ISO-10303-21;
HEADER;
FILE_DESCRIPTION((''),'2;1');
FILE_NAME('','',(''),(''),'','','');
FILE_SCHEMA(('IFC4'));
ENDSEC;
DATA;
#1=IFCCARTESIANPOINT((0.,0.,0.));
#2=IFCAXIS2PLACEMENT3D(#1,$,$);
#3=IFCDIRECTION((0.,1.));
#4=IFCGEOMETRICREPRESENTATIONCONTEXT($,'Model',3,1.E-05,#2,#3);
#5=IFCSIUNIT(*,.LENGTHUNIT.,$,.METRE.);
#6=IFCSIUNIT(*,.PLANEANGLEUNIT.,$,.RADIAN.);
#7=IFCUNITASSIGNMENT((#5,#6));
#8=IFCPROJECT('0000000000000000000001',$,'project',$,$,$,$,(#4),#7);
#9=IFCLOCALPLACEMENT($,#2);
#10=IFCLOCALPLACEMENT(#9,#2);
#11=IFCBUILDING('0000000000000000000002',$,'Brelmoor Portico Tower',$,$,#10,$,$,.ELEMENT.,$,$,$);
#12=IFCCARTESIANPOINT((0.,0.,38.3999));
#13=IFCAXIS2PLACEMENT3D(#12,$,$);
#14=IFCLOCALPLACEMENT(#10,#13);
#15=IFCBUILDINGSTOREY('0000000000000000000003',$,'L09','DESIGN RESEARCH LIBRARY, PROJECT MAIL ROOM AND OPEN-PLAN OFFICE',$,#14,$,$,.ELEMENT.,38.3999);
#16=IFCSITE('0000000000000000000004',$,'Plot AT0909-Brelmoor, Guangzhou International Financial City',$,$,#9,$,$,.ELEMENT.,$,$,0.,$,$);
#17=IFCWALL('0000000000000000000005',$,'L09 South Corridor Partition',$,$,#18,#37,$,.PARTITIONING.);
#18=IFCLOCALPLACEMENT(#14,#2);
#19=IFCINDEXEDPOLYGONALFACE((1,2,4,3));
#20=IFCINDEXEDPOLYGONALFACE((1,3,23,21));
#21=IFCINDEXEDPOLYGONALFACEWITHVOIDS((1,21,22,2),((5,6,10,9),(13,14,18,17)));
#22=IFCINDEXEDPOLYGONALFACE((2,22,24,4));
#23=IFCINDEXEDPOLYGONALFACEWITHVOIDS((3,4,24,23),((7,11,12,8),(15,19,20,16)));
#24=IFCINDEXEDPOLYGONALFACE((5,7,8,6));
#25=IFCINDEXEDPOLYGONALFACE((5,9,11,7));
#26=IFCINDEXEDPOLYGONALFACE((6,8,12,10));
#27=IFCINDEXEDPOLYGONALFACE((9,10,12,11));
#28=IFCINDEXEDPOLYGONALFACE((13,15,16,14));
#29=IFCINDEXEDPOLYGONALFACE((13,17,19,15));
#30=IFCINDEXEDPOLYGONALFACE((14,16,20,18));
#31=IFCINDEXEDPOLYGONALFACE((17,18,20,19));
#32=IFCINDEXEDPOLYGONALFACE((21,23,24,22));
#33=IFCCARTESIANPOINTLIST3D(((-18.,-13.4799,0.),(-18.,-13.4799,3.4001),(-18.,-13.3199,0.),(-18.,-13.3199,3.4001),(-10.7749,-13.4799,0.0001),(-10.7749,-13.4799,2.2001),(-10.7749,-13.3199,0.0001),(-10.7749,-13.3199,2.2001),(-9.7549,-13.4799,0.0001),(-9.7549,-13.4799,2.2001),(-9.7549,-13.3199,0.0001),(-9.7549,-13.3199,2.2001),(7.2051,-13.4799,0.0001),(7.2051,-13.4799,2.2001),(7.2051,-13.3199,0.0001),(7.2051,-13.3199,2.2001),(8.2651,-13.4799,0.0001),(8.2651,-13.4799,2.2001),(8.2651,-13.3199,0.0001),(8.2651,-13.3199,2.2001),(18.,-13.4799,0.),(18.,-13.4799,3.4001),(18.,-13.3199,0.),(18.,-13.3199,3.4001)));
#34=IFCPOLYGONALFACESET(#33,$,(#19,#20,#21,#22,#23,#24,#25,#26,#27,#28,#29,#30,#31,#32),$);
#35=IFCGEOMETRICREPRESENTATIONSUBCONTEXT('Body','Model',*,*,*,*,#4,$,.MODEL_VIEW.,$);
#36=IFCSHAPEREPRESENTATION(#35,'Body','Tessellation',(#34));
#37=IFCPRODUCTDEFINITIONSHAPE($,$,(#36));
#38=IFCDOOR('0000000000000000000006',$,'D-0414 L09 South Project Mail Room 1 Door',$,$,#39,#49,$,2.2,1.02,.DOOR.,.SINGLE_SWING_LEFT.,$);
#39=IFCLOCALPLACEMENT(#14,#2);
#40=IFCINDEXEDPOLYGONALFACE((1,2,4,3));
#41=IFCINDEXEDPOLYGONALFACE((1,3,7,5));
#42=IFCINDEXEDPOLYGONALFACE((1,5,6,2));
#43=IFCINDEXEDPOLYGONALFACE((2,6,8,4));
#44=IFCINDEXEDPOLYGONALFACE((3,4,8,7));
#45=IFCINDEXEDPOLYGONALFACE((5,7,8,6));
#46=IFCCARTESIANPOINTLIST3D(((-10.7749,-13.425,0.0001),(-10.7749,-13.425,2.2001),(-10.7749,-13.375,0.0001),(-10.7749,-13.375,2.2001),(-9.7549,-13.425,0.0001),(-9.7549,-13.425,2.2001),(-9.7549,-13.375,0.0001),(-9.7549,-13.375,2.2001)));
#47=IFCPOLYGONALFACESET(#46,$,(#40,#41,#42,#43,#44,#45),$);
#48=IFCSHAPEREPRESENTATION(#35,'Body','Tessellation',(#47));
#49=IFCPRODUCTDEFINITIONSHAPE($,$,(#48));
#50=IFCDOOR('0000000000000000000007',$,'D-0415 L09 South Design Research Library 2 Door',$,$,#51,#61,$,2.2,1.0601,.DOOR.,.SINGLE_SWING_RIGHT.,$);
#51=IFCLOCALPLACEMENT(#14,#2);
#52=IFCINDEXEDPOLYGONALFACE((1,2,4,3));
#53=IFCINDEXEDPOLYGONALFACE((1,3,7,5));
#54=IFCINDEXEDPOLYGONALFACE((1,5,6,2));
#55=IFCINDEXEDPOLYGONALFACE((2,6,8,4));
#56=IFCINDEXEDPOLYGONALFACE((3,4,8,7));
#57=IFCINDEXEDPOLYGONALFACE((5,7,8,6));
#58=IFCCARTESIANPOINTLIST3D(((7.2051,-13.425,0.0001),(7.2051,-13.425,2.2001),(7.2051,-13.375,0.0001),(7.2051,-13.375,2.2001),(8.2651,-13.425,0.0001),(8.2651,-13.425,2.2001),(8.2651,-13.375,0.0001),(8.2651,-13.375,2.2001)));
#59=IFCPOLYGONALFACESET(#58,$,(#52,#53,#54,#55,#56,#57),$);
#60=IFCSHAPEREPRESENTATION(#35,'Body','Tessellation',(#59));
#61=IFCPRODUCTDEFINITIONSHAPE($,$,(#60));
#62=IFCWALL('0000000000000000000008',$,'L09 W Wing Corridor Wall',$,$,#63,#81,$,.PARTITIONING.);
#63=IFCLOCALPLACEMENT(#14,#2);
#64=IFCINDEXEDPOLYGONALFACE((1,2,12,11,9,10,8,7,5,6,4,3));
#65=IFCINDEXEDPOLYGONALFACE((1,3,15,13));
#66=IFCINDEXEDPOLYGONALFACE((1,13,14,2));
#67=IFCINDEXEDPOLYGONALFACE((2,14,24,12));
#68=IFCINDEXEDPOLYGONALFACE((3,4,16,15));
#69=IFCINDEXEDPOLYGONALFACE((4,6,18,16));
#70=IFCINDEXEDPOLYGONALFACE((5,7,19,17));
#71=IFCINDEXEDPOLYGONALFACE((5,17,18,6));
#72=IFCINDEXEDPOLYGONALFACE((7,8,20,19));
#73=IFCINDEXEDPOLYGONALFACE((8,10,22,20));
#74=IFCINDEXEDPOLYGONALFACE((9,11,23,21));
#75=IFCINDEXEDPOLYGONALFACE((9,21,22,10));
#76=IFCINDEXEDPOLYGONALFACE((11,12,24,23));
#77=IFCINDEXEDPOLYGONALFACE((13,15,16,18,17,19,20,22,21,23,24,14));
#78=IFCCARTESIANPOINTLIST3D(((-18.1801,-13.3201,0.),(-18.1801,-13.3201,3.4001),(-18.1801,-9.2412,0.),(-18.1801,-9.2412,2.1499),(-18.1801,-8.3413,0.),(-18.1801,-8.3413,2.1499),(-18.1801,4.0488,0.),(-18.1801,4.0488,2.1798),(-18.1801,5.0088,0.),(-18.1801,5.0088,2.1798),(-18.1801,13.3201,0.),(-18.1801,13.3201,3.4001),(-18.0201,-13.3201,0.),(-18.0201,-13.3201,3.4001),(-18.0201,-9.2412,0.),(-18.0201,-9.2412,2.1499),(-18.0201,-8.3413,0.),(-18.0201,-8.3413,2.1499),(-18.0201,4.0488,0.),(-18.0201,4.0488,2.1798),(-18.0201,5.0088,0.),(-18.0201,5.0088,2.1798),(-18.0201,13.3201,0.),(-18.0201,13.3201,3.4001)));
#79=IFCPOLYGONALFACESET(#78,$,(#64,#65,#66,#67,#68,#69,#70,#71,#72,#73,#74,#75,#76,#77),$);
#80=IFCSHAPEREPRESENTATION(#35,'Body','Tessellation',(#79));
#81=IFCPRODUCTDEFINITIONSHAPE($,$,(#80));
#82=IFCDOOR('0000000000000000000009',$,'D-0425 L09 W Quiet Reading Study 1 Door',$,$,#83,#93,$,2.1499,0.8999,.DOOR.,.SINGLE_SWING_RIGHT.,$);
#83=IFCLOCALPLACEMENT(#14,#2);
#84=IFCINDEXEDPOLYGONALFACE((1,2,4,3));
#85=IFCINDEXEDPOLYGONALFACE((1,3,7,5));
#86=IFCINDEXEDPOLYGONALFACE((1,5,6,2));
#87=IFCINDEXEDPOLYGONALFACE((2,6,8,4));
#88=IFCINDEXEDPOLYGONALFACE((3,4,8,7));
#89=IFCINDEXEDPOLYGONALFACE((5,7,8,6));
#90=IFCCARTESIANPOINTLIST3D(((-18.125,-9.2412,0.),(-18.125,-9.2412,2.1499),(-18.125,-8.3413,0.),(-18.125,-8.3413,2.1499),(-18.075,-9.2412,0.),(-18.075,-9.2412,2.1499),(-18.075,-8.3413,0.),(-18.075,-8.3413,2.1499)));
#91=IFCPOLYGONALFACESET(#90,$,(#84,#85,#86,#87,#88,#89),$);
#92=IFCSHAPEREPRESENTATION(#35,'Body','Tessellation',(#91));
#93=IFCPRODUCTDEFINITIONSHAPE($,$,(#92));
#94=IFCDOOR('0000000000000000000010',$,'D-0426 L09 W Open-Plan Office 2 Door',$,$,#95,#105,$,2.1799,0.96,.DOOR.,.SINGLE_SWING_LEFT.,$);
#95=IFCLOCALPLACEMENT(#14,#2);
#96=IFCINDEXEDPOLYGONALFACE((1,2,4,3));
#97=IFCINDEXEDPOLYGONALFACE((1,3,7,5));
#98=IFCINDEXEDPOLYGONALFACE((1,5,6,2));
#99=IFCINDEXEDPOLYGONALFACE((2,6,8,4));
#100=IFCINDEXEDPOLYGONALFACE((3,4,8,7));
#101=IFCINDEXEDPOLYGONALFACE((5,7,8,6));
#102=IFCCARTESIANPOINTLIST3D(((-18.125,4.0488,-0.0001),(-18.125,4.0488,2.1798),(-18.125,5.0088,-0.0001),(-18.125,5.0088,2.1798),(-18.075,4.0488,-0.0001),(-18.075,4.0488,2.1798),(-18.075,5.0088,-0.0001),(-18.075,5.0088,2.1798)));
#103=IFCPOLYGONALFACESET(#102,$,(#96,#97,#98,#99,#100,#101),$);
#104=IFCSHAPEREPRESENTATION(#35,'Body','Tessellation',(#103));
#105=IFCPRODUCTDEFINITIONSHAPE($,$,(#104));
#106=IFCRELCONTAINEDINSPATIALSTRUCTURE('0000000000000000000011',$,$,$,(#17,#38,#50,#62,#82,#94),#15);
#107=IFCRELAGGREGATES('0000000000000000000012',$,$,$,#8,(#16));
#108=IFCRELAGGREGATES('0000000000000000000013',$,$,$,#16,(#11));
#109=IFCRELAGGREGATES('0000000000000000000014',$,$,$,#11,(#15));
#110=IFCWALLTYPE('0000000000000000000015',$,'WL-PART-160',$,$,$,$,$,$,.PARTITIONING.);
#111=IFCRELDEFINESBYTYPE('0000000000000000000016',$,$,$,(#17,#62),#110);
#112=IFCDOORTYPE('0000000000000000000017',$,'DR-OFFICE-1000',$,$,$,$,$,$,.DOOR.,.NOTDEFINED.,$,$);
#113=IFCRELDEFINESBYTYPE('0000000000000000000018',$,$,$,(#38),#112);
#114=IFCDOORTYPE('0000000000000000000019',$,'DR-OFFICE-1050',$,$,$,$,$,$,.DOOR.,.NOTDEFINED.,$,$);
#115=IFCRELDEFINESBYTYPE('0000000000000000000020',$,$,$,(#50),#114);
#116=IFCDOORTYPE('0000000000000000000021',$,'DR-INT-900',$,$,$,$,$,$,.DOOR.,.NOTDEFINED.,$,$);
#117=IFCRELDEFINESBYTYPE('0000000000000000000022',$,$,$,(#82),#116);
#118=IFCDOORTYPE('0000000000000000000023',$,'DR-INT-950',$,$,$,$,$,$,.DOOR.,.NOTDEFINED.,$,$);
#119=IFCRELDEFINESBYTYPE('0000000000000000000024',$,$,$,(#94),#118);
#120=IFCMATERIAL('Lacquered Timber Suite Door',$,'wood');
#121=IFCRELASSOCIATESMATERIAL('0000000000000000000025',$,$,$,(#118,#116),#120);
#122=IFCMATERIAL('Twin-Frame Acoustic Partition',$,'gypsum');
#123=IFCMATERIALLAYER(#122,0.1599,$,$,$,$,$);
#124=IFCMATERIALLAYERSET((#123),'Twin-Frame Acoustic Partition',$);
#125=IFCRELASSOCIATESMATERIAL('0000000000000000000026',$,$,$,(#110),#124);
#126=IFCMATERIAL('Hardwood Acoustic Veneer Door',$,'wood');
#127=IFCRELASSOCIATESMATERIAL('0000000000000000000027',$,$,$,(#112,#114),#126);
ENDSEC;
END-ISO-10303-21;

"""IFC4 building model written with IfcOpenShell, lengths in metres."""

from ifc_helpers import new_model, si_unit, direction, frame, frame_2d, origin, place, context, subcontext, project, spatial, rectangle, extrude, material, layer, layer_set, type_object, element, fill, save


model = new_model("IFC4")

# Units and contexts
model_context = context("Model", 3, precision=1e-05, world=origin(), true_north=direction((0.0, 1.0)))
body_context = subcontext(model_context, "Body", "Model", "MODEL_VIEW")
ifc_project = project(units=[si_unit("LENGTHUNIT", "METRE"), si_unit("PLANEANGLEUNIT", "RADIAN")], contexts=[model_context])

# Site, building, storey
site_placement = place(None, origin())
site = spatial("IfcSite", under=ifc_project, at=site_placement, Name="Plot AT0909-Brelmoor, Guangzhou International Financial City", CompositionType="ELEMENT", RefElevation=0.0)
building_placement = place(site_placement, origin())
building = spatial("IfcBuilding", under=site, at=building_placement, Name="Brelmoor Portico Tower", CompositionType="ELEMENT")
storey_placement = place(building_placement, frame((0.0, 0.0, 38.3999)))
storey = spatial("IfcBuildingStorey", under=building, at=storey_placement, Name="L09", Description="DESIGN RESEARCH LIBRARY, PROJECT MAIL ROOM AND OPEN-PLAN OFFICE", CompositionType="ELEMENT", Elevation=38.3999)

# Shared definitions
ifc_material_1 = material(Name="Lacquered Timber Suite Door", Category="wood")
door_type_1 = type_object("IfcDoorType", Name="DR-INT-950", OperationType="NOTDEFINED", PredefinedType="DOOR", material=ifc_material_1)

# Walls, openings, doors
ifc_material_2 = material(Name="Twin-Frame Acoustic Partition", Category="gypsum")
ifc_layer_1 = layer(ifc_material_2, 0.1599)
ifc_layer_set_1 = layer_set([ifc_layer_1], Name="Twin-Frame Acoustic Partition")
wall_type_1 = type_object("IfcWallType", Name="WL-PART-160", PredefinedType="PARTITIONING", material=ifc_layer_set_1)
wall_1_placement = place(storey_placement, frame((-18.0, -13.3999, 0.0), z_axis=(0.0, 0.0, 1.0), x_axis=(1.0, 0.0, 0.0)))
wall_1 = element("IfcWall", 1, at=wall_1_placement, inside=storey, type_object=wall_type_1, Name="L09 South Corridor Partition", PredefinedType="PARTITIONING", context=body_context, shape_type="SweptSolid", body=[
    extrude(rectangle(XDim=36.0, YDim=0.1599, at=frame_2d((18.0, 0.0))), origin(), (0.0, 0.0, 1.0), 3.4001),
])
opening_1_placement = place(wall_1_placement, frame((7.2251, 0.0, 0.0)))
opening_1 = element("IfcOpeningElement", 2, at=opening_1_placement, cuts=wall_1, PredefinedType="OPENING", context=body_context, shape_type="SweptSolid", body=[
    extrude(rectangle(XDim=1.02, YDim=2.2, at=frame_2d((0.51, 1.1001))), frame((0.0, 0.0898, 0.0), z_axis=(0.0, -1.0, 0.0), x_axis=(1.0, 0.0, 0.0)), (0.0, 0.0, 1.0), 0.1799),
])
opening_2_placement = place(wall_1_placement, frame((25.2051, 0.0, 0.0)))
opening_2 = element("IfcOpeningElement", 3, at=opening_2_placement, cuts=wall_1, PredefinedType="OPENING", context=body_context, shape_type="SweptSolid", body=[
    extrude(rectangle(XDim=1.0601, YDim=2.2, at=frame_2d((0.53, 1.1001))), frame((0.0, 0.0898, 0.0), z_axis=(0.0, -1.0, 0.0), x_axis=(1.0, 0.0, 0.0)), (0.0, 0.0, 1.0), 0.1799),
])
ifc_material_3 = material(Name="Hardwood Acoustic Veneer Door", Category="wood")
door_type_2 = type_object("IfcDoorType", Name="DR-OFFICE-1000", OperationType="NOTDEFINED", PredefinedType="DOOR", material=ifc_material_3)
door_1_placement = place(opening_1_placement, origin())
door_1 = element("IfcDoor", 4, at=door_1_placement, inside=storey, type_object=door_type_2, Name="D-0414 L09 South Project Mail Room 1 Door", OperationType="SINGLE_SWING_LEFT", OverallHeight=2.2, OverallWidth=1.02, PredefinedType="DOOR", context=body_context, shape_type="SweptSolid", body=[
    extrude(rectangle(XDim=1.02, YDim=2.2, at=frame_2d((0.51, 1.1001))), frame((0.0, 0.0249, 0.0), z_axis=(0.0, -1.0, 0.0), x_axis=(1.0, 0.0, 0.0)), (0.0, 0.0, 1.0), 0.05),
])
fill(opening_1, door_1)
door_type_3 = type_object("IfcDoorType", Name="DR-OFFICE-1050", OperationType="NOTDEFINED", PredefinedType="DOOR", material=ifc_material_3)
door_2_placement = place(opening_2_placement, origin())
door_2 = element("IfcDoor", 5, at=door_2_placement, inside=storey, type_object=door_type_3, Name="D-0415 L09 South Design Research Library 2 Door", OperationType="SINGLE_SWING_RIGHT", OverallHeight=2.2, OverallWidth=1.0601, PredefinedType="DOOR", context=body_context, shape_type="SweptSolid", body=[
    extrude(rectangle(XDim=1.0601, YDim=2.2, at=frame_2d((0.53, 1.1001))), frame((0.0, 0.0249, 0.0), z_axis=(0.0, -1.0, 0.0), x_axis=(1.0, 0.0, 0.0)), (0.0, 0.0, 1.0), 0.05),
])
fill(opening_2, door_2)
wall_2_placement = place(storey_placement, frame((-18.1001, -13.3201, 0.0), z_axis=(0.0, 0.0, 1.0), x_axis=(0.0, 1.0, 0.0)))
wall_2 = element("IfcWall", 6, at=wall_2_placement, inside=storey, type_object=wall_type_1, Name="L09 W Wing Corridor Wall", PredefinedType="PARTITIONING", context=body_context, shape_type="SweptSolid", body=[
    extrude(rectangle(XDim=26.6401, YDim=0.1599, at=frame_2d((13.3201, 0.0))), origin(), (0.0, 0.0, 1.0), 3.4001),
])
opening_3_placement = place(wall_2_placement, frame((4.0789, 0.0, 0.0)))
opening_3 = element("IfcOpeningElement", 7, at=opening_3_placement, cuts=wall_2, PredefinedType="OPENING", context=body_context, shape_type="SweptSolid", body=[
    extrude(rectangle(XDim=0.8999, YDim=2.1499, at=frame_2d((0.45, 1.075))), frame((0.0, 0.0898, 0.0), z_axis=(0.0, -1.0, 0.0), x_axis=(1.0, 0.0, 0.0)), (0.0, 0.0, 1.0), 0.1799),
])
opening_4_placement = place(wall_2_placement, frame((17.3689, 0.0, 0.0)))
opening_4 = element("IfcOpeningElement", 8, at=opening_4_placement, cuts=wall_2, PredefinedType="OPENING", context=body_context, shape_type="SweptSolid", body=[
    extrude(rectangle(XDim=0.96, YDim=2.1799, at=frame_2d((0.48, 1.0898))), frame((0.0, 0.0898, 0.0), z_axis=(0.0, -1.0, 0.0), x_axis=(1.0, 0.0, 0.0)), (0.0, 0.0, 1.0), 0.1799),
])
door_type_4 = type_object("IfcDoorType", Name="DR-INT-900", OperationType="NOTDEFINED", PredefinedType="DOOR", material=ifc_material_1)
door_3_placement = place(opening_3_placement, origin())
door_3 = element("IfcDoor", 9, at=door_3_placement, inside=storey, type_object=door_type_4, Name="D-0425 L09 W Quiet Reading Study 1 Door", OperationType="SINGLE_SWING_RIGHT", OverallHeight=2.1499, OverallWidth=0.8999, PredefinedType="DOOR", context=body_context, shape_type="SweptSolid", body=[
    extrude(rectangle(XDim=0.8999, YDim=2.1499, at=frame_2d((0.45, 1.075))), frame((0.0, 0.0249, 0.0), z_axis=(0.0, -1.0, 0.0), x_axis=(1.0, 0.0, 0.0)), (0.0, 0.0, 1.0), 0.05),
])
fill(opening_3, door_3)
door_4_placement = place(opening_4_placement, origin())
door_4 = element("IfcDoor", 10, at=door_4_placement, inside=storey, type_object=door_type_1, Name="D-0426 L09 W Open-Plan Office 2 Door", OperationType="SINGLE_SWING_LEFT", OverallHeight=2.1799, OverallWidth=0.96, PredefinedType="DOOR", context=body_context, shape_type="SweptSolid", body=[
    extrude(rectangle(XDim=0.96, YDim=2.1799, at=frame_2d((0.48, 1.0898))), frame((0.0, 0.0249, 0.0), z_axis=(0.0, -1.0, 0.0), x_axis=(1.0, 0.0, 0.0)), (0.0, 0.0, 1.0), 0.05),
])
fill(opening_4, door_4)

save(model, "model.ifc")
